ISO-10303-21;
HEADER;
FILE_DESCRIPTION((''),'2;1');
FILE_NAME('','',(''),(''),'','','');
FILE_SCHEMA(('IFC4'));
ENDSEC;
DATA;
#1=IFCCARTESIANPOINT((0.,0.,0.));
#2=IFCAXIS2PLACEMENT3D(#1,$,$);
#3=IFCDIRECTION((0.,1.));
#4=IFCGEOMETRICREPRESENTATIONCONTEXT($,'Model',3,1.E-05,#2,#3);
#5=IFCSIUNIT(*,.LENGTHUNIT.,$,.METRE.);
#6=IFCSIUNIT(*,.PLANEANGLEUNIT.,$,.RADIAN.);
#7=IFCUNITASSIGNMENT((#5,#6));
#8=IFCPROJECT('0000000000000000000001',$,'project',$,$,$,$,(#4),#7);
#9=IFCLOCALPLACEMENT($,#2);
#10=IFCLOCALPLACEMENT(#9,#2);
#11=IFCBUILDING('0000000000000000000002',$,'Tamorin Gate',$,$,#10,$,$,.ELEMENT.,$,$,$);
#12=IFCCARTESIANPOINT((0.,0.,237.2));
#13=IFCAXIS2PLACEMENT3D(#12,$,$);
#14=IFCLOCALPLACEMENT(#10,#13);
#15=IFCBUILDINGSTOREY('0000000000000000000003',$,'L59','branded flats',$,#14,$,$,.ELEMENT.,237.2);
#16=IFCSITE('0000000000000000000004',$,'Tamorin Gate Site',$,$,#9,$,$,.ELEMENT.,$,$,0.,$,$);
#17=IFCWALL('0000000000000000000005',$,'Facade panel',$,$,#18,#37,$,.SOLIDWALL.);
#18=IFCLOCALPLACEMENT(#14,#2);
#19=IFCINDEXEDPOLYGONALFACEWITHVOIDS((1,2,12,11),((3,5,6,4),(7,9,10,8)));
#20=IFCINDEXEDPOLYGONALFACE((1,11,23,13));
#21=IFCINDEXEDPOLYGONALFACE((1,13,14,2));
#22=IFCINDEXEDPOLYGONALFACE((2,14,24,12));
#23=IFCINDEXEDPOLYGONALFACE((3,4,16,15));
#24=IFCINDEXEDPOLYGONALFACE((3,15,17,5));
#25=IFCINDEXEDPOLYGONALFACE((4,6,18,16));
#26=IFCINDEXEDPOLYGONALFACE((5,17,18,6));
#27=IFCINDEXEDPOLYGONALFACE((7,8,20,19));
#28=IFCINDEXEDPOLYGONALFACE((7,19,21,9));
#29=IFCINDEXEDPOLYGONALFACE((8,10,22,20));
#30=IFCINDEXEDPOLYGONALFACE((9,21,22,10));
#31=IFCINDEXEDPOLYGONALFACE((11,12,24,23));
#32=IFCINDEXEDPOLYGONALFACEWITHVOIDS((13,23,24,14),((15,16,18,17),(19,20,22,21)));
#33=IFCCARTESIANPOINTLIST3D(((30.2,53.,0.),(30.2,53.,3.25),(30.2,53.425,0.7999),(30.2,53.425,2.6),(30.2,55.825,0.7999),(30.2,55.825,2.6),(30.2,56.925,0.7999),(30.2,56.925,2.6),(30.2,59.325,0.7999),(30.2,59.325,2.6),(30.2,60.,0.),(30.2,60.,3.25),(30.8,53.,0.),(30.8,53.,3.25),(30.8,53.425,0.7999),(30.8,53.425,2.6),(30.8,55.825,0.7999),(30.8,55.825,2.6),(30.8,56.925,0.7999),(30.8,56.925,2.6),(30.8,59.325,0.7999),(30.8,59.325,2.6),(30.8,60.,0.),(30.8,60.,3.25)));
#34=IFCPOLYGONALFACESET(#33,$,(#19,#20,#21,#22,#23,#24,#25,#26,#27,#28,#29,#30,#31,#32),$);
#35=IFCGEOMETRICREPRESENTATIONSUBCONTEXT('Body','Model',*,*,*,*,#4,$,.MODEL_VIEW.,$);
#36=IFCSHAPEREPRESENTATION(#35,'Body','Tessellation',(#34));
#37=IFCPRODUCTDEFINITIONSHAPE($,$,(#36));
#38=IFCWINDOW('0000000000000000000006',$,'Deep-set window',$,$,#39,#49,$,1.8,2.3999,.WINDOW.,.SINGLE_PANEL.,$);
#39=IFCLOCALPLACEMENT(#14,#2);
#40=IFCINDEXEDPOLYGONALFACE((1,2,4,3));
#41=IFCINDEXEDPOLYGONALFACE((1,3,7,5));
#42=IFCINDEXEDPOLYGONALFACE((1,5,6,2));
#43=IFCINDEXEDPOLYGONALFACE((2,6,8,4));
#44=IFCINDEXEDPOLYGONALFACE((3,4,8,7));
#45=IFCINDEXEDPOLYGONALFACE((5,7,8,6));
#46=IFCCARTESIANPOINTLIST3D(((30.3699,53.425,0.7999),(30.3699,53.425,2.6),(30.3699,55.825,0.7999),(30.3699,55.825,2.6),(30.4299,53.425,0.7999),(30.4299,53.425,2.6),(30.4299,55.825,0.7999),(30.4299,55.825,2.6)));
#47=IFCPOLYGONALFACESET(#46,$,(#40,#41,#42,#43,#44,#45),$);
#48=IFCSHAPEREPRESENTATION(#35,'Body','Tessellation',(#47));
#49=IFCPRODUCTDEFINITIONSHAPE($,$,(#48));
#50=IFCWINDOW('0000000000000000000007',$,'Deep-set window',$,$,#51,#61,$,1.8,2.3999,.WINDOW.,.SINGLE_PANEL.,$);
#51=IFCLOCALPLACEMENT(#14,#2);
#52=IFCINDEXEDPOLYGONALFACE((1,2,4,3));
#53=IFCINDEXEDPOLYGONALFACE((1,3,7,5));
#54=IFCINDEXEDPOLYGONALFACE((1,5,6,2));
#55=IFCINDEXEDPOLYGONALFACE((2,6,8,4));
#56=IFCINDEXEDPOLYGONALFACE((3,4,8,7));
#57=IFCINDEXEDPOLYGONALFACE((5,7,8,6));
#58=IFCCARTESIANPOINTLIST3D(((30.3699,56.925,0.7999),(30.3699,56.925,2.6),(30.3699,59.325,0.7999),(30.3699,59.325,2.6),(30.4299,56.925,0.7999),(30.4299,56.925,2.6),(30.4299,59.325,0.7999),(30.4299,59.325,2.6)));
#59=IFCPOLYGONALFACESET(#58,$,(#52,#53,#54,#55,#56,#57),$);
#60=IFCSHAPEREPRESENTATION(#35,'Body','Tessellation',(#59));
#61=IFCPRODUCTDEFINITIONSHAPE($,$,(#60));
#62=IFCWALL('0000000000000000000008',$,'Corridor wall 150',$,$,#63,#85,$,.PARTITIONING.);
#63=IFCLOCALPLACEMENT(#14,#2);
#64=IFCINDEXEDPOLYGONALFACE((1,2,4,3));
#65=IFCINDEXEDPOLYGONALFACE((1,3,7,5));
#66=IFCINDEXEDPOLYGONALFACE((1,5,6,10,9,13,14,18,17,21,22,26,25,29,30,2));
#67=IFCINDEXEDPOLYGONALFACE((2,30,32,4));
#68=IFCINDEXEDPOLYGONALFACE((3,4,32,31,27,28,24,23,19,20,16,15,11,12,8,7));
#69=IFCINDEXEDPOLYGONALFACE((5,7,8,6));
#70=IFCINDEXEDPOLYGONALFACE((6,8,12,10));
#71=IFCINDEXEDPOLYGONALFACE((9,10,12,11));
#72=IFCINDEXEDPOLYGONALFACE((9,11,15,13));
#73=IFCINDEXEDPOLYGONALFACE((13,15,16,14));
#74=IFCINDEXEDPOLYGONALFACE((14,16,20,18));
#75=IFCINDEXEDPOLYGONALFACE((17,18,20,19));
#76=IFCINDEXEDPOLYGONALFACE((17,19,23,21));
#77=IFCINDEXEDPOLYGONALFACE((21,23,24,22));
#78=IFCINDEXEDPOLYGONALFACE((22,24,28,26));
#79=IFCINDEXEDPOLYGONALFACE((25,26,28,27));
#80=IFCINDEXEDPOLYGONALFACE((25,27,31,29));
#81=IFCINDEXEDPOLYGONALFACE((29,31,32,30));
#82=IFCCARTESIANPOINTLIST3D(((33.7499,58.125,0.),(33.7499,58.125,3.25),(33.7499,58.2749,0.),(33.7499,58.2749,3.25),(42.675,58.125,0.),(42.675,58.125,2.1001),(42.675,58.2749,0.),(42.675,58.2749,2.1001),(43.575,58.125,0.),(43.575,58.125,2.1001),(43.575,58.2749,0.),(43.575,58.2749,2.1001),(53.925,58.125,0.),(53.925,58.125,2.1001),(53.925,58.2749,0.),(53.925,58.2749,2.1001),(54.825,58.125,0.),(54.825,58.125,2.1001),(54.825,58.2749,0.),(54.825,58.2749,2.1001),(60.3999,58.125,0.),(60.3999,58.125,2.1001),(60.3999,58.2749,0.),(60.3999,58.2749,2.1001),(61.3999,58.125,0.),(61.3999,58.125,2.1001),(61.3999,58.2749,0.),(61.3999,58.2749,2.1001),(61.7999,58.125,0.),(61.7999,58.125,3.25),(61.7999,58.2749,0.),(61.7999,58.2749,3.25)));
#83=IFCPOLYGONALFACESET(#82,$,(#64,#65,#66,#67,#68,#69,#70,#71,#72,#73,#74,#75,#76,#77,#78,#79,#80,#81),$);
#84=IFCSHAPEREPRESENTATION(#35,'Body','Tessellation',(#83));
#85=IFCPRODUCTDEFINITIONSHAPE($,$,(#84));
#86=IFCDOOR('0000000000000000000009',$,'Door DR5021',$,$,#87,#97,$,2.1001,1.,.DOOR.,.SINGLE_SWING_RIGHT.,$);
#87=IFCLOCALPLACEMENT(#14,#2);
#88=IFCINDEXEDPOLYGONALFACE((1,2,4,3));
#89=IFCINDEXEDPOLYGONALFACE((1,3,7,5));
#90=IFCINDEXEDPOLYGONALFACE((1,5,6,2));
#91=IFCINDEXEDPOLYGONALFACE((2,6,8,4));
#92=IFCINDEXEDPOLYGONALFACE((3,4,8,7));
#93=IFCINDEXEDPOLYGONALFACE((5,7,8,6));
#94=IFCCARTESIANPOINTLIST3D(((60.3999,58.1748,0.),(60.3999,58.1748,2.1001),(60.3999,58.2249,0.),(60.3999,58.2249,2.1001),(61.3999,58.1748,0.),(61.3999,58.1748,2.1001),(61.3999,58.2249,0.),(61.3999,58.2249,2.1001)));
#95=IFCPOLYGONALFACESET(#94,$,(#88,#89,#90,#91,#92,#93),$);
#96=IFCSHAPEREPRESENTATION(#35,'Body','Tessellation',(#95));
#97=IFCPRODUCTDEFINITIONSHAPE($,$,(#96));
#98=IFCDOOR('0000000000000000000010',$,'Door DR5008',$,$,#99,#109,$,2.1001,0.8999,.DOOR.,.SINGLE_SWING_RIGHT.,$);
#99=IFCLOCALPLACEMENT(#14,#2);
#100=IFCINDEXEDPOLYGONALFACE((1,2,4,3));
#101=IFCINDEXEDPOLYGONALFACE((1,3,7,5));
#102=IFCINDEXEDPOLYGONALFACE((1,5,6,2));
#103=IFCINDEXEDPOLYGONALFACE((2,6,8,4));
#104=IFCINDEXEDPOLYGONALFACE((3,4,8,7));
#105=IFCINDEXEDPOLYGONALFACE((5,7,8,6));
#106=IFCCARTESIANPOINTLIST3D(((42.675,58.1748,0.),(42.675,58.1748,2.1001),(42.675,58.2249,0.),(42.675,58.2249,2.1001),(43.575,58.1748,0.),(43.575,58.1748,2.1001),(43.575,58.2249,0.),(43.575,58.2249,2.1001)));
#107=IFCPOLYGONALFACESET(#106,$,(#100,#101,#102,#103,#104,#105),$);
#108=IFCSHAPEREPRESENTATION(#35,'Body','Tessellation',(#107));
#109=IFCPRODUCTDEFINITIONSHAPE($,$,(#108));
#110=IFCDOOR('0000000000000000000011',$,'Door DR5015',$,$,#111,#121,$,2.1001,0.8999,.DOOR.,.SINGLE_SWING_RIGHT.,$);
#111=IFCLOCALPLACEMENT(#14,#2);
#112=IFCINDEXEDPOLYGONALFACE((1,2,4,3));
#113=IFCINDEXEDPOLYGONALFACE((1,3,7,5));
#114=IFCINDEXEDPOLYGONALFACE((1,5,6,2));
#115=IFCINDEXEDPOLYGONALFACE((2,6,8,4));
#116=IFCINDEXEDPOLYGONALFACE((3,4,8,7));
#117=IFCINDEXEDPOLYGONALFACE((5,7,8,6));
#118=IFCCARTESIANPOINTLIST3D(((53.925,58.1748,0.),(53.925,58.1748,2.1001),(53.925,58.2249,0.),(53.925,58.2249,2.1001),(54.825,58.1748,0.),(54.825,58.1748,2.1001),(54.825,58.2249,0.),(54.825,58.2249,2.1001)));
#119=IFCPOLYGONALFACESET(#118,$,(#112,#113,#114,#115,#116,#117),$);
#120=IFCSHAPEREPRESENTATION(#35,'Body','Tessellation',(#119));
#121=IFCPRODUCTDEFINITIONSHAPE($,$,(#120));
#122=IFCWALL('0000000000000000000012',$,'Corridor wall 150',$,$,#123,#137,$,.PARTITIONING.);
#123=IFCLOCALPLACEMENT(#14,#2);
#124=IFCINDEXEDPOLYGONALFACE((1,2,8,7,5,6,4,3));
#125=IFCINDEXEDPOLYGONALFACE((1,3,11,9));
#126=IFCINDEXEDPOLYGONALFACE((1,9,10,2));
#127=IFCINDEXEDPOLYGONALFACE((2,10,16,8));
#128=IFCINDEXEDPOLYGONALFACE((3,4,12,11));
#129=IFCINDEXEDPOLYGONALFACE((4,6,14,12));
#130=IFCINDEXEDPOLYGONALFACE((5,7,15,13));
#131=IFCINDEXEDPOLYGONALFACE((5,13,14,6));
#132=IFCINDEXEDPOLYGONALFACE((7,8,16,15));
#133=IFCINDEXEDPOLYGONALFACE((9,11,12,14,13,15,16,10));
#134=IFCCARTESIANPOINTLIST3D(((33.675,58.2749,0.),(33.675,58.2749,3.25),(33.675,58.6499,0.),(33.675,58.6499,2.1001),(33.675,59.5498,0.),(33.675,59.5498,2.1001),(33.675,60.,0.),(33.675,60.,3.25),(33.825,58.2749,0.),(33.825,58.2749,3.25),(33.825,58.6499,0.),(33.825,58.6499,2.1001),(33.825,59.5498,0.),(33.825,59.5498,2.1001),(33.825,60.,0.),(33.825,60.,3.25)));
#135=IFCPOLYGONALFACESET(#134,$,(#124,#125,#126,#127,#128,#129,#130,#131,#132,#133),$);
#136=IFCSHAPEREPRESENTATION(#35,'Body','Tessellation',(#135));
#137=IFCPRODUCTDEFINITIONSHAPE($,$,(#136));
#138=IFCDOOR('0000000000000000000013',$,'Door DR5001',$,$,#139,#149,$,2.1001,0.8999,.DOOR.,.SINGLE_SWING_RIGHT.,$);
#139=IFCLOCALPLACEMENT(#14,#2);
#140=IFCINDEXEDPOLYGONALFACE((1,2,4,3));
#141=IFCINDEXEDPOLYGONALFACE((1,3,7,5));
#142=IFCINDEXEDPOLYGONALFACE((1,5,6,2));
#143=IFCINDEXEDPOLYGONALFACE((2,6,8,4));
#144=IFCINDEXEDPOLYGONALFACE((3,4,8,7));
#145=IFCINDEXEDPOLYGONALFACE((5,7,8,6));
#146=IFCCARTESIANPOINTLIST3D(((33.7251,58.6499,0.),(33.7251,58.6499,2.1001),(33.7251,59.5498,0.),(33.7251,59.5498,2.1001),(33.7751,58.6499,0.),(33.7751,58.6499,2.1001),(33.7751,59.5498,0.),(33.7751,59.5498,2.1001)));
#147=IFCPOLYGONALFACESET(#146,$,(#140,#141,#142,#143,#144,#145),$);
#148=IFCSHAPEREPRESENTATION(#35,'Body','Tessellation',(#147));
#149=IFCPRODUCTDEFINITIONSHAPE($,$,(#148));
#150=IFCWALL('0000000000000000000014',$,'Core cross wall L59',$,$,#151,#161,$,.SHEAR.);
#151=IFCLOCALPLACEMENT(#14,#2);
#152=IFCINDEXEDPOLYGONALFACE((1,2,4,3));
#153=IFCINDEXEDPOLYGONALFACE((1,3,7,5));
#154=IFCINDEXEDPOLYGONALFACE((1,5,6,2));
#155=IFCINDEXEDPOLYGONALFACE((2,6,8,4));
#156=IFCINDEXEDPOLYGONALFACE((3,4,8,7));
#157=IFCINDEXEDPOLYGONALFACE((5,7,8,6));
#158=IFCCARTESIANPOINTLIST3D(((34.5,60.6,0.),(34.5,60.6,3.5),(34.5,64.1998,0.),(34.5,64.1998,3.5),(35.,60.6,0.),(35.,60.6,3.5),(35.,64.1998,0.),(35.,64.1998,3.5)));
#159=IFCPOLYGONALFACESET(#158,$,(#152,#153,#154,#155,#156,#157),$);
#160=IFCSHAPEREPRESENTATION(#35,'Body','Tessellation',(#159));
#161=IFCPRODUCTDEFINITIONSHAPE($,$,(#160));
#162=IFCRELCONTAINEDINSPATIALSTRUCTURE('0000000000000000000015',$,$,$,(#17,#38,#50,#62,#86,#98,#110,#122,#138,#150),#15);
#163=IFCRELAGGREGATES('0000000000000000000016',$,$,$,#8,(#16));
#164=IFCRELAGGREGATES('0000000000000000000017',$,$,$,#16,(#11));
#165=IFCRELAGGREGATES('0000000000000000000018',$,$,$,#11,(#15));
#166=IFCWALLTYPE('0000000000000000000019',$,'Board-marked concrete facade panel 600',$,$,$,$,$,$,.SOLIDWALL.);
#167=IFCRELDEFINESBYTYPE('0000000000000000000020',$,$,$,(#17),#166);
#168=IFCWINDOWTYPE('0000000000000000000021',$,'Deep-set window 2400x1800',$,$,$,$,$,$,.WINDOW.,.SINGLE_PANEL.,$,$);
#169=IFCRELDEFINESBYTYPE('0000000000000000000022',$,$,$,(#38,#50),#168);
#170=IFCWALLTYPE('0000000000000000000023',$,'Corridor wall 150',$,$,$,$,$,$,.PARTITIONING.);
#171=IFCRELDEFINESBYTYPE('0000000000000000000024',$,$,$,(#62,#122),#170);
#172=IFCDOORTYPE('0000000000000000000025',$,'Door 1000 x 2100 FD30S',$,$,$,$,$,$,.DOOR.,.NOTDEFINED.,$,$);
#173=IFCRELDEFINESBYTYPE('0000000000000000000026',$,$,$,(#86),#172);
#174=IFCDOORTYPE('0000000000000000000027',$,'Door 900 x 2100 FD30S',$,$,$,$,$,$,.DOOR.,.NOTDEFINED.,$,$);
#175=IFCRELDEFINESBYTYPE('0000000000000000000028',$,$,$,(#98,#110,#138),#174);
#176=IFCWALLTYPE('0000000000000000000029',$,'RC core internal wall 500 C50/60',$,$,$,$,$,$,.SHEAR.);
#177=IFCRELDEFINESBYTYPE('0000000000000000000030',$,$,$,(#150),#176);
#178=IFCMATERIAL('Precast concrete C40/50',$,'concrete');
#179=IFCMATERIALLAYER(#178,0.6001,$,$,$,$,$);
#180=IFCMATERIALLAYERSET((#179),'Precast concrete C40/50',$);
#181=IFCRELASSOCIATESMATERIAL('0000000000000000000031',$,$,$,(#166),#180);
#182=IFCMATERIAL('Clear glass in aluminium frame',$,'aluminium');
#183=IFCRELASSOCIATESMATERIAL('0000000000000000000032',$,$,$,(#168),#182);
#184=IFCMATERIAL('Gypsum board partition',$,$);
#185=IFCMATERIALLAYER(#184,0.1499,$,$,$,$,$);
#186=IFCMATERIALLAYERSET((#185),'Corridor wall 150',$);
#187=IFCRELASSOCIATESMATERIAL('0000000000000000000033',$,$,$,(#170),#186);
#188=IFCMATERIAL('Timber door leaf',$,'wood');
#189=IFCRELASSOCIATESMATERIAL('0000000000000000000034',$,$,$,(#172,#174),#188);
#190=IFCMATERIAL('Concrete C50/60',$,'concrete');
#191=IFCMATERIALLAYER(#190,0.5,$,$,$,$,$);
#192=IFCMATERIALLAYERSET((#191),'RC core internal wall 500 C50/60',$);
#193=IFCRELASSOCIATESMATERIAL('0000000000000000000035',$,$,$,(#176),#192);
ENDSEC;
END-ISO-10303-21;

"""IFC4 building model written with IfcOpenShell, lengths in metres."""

from ifc_helpers import new_model, si_unit, direction, frame, frame_2d, origin, place, context, subcontext, project, spatial, rectangle, extrude, material, layer, layer_set, type_object, element, fill, save


model = new_model("IFC4")

# Units and contexts
model_context = context("Model", 3, precision=1e-05, world=origin(), true_north=direction((0.0, 1.0)))
body_context = subcontext(model_context, "Body", "Model", "MODEL_VIEW")
ifc_project = project(units=[si_unit("LENGTHUNIT", "METRE"), si_unit("PLANEANGLEUNIT", "RADIAN")], contexts=[model_context])

# Site, building, storey
site_placement = place(None, origin())
site = spatial("IfcSite", under=ifc_project, at=site_placement, Name="Tamorin Gate Site", CompositionType="ELEMENT", RefElevation=0.0)
building_placement = place(site_placement, origin())
building = spatial("IfcBuilding", under=site, at=building_placement, Name="Tamorin Gate", CompositionType="ELEMENT")
storey_placement = place(building_placement, frame((0.0, 0.0, 237.2)))
storey = spatial("IfcBuildingStorey", under=building, at=storey_placement, Name="L59", Description="branded flats", CompositionType="ELEMENT", Elevation=237.2)

# Wall, openings, windows
ifc_material_1 = material(Name="Precast concrete C40/50", Category="concrete")
ifc_layer_1 = layer(ifc_material_1, 0.6001)
ifc_layer_set_1 = layer_set([ifc_layer_1], Name="Precast concrete C40/50")
wall_type_1 = type_object("IfcWallType", Name="Board-marked concrete facade panel 600", PredefinedType="SOLIDWALL", material=ifc_layer_set_1)
wall_1_placement = place(storey_placement, frame((30.5, 60.0, 0.0), z_axis=(0.0, 0.0, 1.0), x_axis=(0.0, -1.0, 0.0)))
wall_1 = element("IfcWall", 1, at=wall_1_placement, inside=storey, type_object=wall_type_1, Name="Facade panel", PredefinedType="SOLIDWALL", context=body_context, shape_type="SweptSolid", body=[
    extrude(rectangle(XDim=7.0, YDim=0.6001, at=frame_2d((3.5, 0.0))), origin(), (0.0, 0.0, 1.0), 3.25),
])
opening_1_placement = place(wall_1_placement, frame((4.175, 0.0, 0.8)))
opening_1 = element("IfcOpeningElement", 2, at=opening_1_placement, cuts=wall_1, PredefinedType="OPENING", context=body_context, shape_type="SweptSolid", body=[
    extrude(rectangle(XDim=2.3999, YDim=1.8, at=frame_2d((1.2, 0.8999))), frame((0.0, 0.3101, 0.0), z_axis=(0.0, -1.0, 0.0), x_axis=(1.0, 0.0, 0.0)), (0.0, 0.0, 1.0), 0.6201),
])
opening_2_placement = place(wall_1_placement, frame((0.675, 0.0, 0.8)))
opening_2 = element("IfcOpeningElement", 3, at=opening_2_placement, cuts=wall_1, PredefinedType="OPENING", context=body_context, shape_type="SweptSolid", body=[
    extrude(rectangle(XDim=2.3999, YDim=1.8, at=frame_2d((1.2, 0.8999))), frame((0.0, 0.3101, 0.0), z_axis=(0.0, -1.0, 0.0), x_axis=(1.0, 0.0, 0.0)), (0.0, 0.0, 1.0), 0.6201),
])
ifc_material_2 = material(Name="Clear glass in aluminium frame", Category="aluminium")
window_type = type_object("IfcWindowType", Name="Deep-set window 2400x1800", PartitioningType="SINGLE_PANEL", PredefinedType="WINDOW", material=ifc_material_2)
window_1_placement = place(opening_1_placement, origin())
window_1 = element("IfcWindow", 4, at=window_1_placement, inside=storey, type_object=window_type, Name="Deep-set window", OverallHeight=1.8, OverallWidth=2.3999, PartitioningType="SINGLE_PANEL", PredefinedType="WINDOW", context=body_context, shape_type="SweptSolid", body=[
    extrude(rectangle(XDim=2.3999, YDim=1.8, at=frame_2d((1.2, 0.8999))), frame((0.0, -0.0701, 0.0), z_axis=(0.0, -1.0, 0.0), x_axis=(1.0, 0.0, 0.0)), (0.0, 0.0, 1.0), 0.0601),
])
fill(opening_1, window_1)
window_2_placement = place(opening_2_placement, origin())
window_2 = element("IfcWindow", 5, at=window_2_placement, inside=storey, type_object=window_type, Name="Deep-set window", OverallHeight=1.8, OverallWidth=2.3999, PartitioningType="SINGLE_PANEL", PredefinedType="WINDOW", context=body_context, shape_type="SweptSolid", body=[
    extrude(rectangle(XDim=2.3999, YDim=1.8, at=frame_2d((1.2, 0.8999))), frame((0.0, -0.0701, 0.0), z_axis=(0.0, -1.0, 0.0), x_axis=(1.0, 0.0, 0.0)), (0.0, 0.0, 1.0), 0.0601),
])
fill(opening_2, window_2)

# Wall, openings, doors
ifc_material_3 = material(Name="Gypsum board partition")
ifc_layer_2 = layer(ifc_material_3, 0.1499)
ifc_layer_set_2 = layer_set([ifc_layer_2], Name="Corridor wall 150")
wall_type_2 = type_object("IfcWallType", Name="Corridor wall 150", PredefinedType="PARTITIONING", material=ifc_layer_set_2)
wall_2_placement = place(storey_placement, frame((33.75, 58.2, 0.0), z_axis=(0.0, 0.0, 1.0), x_axis=(1.0, 0.0, 0.0)))
wall_2 = element("IfcWall", 6, at=wall_2_placement, inside=storey, type_object=wall_type_2, Name="Corridor wall 150", PredefinedType="PARTITIONING", context=body_context, shape_type="SweptSolid", body=[
    extrude(rectangle(XDim=28.05, YDim=0.1499, at=frame_2d((14.0249, 0.0))), origin(), (0.0, 0.0, 1.0), 3.25),
])
opening_3_placement = place(wall_2_placement, frame((8.925, 0.0, 0.0)))
opening_3 = element("IfcOpeningElement", 7, at=opening_3_placement, cuts=wall_2, PredefinedType="OPENING", context=body_context, shape_type="SweptSolid", body=[
    extrude(rectangle(XDim=0.8999, YDim=2.1001, at=frame_2d((0.45, 1.05))), frame((0.0, 0.085, 0.0), z_axis=(0.0, -1.0, 0.0), x_axis=(1.0, 0.0, 0.0)), (0.0, 0.0, 1.0), 0.1699),
])
opening_4_placement = place(wall_2_placement, frame((20.175, 0.0, 0.0)))
opening_4 = element("IfcOpeningElement", 8, at=opening_4_placement, cuts=wall_2, PredefinedType="OPENING", context=body_context, shape_type="SweptSolid", body=[
    extrude(rectangle(XDim=0.8999, YDim=2.1001, at=frame_2d((0.45, 1.05))), frame((0.0, 0.085, 0.0), z_axis=(0.0, -1.0, 0.0), x_axis=(1.0, 0.0, 0.0)), (0.0, 0.0, 1.0), 0.1699),
])
opening_5_placement = place(wall_2_placement, frame((26.6499, 0.0, 0.0)))
opening_5 = element("IfcOpeningElement", 9, at=opening_5_placement, cuts=wall_2, PredefinedType="OPENING", context=body_context, shape_type="SweptSolid", body=[
    extrude(rectangle(XDim=1.0, YDim=2.1001, at=frame_2d((0.5, 1.05))), frame((0.0, 0.085, 0.0), z_axis=(0.0, -1.0, 0.0), x_axis=(1.0, 0.0, 0.0)), (0.0, 0.0, 1.0), 0.1699),
])
ifc_material_4 = material(Name="Timber door leaf", Category="wood")
door_type_1 = type_object("IfcDoorType", Name="Door 1000 x 2100 FD30S", OperationType="NOTDEFINED", PredefinedType="DOOR", material=ifc_material_4)
door_1_placement = place(opening_5_placement, origin())
door_1 = element("IfcDoor", 10, at=door_1_placement, inside=storey, type_object=door_type_1, Name="Door DR5021", OperationType="SINGLE_SWING_RIGHT", OverallHeight=2.1001, OverallWidth=1.0, PredefinedType="DOOR", context=body_context, shape_type="SweptSolid", body=[
    extrude(rectangle(XDim=1.0, YDim=2.1001, at=frame_2d((0.5, 1.05))), frame((0.0, 0.0249, 0.0), z_axis=(0.0, -1.0, 0.0), x_axis=(1.0, 0.0, 0.0)), (0.0, 0.0, 1.0), 0.05),
])
fill(opening_5, door_1)
door_type_2 = type_object("IfcDoorType", Name="Door 900 x 2100 FD30S", OperationType="NOTDEFINED", PredefinedType="DOOR", material=ifc_material_4)
door_2_placement = place(opening_3_placement, origin())
door_2 = element("IfcDoor", 11, at=door_2_placement, inside=storey, type_object=door_type_2, Name="Door DR5008", OperationType="SINGLE_SWING_RIGHT", OverallHeight=2.1001, OverallWidth=0.8999, PredefinedType="DOOR", context=body_context, shape_type="SweptSolid", body=[
    extrude(rectangle(XDim=0.8999, YDim=2.1001, at=frame_2d((0.45, 1.05))), frame((0.0, 0.0249, 0.0), z_axis=(0.0, -1.0, 0.0), x_axis=(1.0, 0.0, 0.0)), (0.0, 0.0, 1.0), 0.05),
])
fill(opening_3, door_2)
door_3_placement = place(opening_4_placement, origin())
door_3 = element("IfcDoor", 12, at=door_3_placement, inside=storey, type_object=door_type_2, Name="Door DR5015", OperationType="SINGLE_SWING_RIGHT", OverallHeight=2.1001, OverallWidth=0.8999, PredefinedType="DOOR", context=body_context, shape_type="SweptSolid", body=[
    extrude(rectangle(XDim=0.8999, YDim=2.1001, at=frame_2d((0.45, 1.05))), frame((0.0, 0.0249, 0.0), z_axis=(0.0, -1.0, 0.0), x_axis=(1.0, 0.0, 0.0)), (0.0, 0.0, 1.0), 0.05),
])
fill(opening_4, door_3)

# Wall, opening, door
wall_3_placement = place(storey_placement, frame((33.75, 58.2749, 0.0), z_axis=(0.0, 0.0, 1.0), x_axis=(0.0, 1.0, 0.0)))
wall_3 = element("IfcWall", 13, at=wall_3_placement, inside=storey, type_object=wall_type_2, Name="Corridor wall 150", PredefinedType="PARTITIONING", context=body_context, shape_type="SweptSolid", body=[
    extrude(rectangle(XDim=1.7251, YDim=0.1499, at=frame_2d((0.8625, 0.0))), origin(), (0.0, 0.0, 1.0), 3.25),
])
opening_6_placement = place(wall_3_placement, frame((0.375, 0.0, 0.0)))
opening_6 = element("IfcOpeningElement", 14, at=opening_6_placement, cuts=wall_3, PredefinedType="OPENING", context=body_context, shape_type="SweptSolid", body=[
    extrude(rectangle(XDim=0.8999, YDim=2.1001, at=frame_2d((0.45, 1.05))), frame((0.0, 0.085, 0.0), z_axis=(0.0, -1.0, 0.0), x_axis=(1.0, 0.0, 0.0)), (0.0, 0.0, 1.0), 0.1699),
])
door_4_placement = place(opening_6_placement, origin())
door_4 = element("IfcDoor", 15, at=door_4_placement, inside=storey, type_object=door_type_2, Name="Door DR5001", OperationType="SINGLE_SWING_RIGHT", OverallHeight=2.1001, OverallWidth=0.8999, PredefinedType="DOOR", context=body_context, shape_type="SweptSolid", body=[
    extrude(rectangle(XDim=0.8999, YDim=2.1001, at=frame_2d((0.45, 1.05))), frame((0.0, 0.0249, 0.0), z_axis=(0.0, -1.0, 0.0), x_axis=(1.0, 0.0, 0.0)), (0.0, 0.0, 1.0), 0.05),
])
fill(opening_6, door_4)

# Wall
ifc_material_5 = material(Name="Concrete C50/60", Category="concrete")
ifc_layer_3 = layer(ifc_material_5, 0.5)
ifc_layer_set_3 = layer_set([ifc_layer_3], Name="RC core internal wall 500 C50/60")
wall_type_3 = type_object("IfcWallType", Name="RC core internal wall 500 C50/60", PredefinedType="SHEAR", material=ifc_layer_set_3)
wall_4_placement = place(storey_placement, frame((34.75, 60.6001, 0.0), z_axis=(0.0, 0.0, 1.0), x_axis=(0.0, 1.0, 0.0)))
element("IfcWall", 16, at=wall_4_placement, inside=storey, type_object=wall_type_3, Name="Core cross wall L59", PredefinedType="SHEAR", context=body_context, shape_type="SweptSolid", body=[
    extrude(rectangle(XDim=3.5999, YDim=0.5, at=frame_2d((1.7998, 0.0))), origin(), (0.0, 0.0, 1.0), 3.5),
])

save(model, "model.ifc")
